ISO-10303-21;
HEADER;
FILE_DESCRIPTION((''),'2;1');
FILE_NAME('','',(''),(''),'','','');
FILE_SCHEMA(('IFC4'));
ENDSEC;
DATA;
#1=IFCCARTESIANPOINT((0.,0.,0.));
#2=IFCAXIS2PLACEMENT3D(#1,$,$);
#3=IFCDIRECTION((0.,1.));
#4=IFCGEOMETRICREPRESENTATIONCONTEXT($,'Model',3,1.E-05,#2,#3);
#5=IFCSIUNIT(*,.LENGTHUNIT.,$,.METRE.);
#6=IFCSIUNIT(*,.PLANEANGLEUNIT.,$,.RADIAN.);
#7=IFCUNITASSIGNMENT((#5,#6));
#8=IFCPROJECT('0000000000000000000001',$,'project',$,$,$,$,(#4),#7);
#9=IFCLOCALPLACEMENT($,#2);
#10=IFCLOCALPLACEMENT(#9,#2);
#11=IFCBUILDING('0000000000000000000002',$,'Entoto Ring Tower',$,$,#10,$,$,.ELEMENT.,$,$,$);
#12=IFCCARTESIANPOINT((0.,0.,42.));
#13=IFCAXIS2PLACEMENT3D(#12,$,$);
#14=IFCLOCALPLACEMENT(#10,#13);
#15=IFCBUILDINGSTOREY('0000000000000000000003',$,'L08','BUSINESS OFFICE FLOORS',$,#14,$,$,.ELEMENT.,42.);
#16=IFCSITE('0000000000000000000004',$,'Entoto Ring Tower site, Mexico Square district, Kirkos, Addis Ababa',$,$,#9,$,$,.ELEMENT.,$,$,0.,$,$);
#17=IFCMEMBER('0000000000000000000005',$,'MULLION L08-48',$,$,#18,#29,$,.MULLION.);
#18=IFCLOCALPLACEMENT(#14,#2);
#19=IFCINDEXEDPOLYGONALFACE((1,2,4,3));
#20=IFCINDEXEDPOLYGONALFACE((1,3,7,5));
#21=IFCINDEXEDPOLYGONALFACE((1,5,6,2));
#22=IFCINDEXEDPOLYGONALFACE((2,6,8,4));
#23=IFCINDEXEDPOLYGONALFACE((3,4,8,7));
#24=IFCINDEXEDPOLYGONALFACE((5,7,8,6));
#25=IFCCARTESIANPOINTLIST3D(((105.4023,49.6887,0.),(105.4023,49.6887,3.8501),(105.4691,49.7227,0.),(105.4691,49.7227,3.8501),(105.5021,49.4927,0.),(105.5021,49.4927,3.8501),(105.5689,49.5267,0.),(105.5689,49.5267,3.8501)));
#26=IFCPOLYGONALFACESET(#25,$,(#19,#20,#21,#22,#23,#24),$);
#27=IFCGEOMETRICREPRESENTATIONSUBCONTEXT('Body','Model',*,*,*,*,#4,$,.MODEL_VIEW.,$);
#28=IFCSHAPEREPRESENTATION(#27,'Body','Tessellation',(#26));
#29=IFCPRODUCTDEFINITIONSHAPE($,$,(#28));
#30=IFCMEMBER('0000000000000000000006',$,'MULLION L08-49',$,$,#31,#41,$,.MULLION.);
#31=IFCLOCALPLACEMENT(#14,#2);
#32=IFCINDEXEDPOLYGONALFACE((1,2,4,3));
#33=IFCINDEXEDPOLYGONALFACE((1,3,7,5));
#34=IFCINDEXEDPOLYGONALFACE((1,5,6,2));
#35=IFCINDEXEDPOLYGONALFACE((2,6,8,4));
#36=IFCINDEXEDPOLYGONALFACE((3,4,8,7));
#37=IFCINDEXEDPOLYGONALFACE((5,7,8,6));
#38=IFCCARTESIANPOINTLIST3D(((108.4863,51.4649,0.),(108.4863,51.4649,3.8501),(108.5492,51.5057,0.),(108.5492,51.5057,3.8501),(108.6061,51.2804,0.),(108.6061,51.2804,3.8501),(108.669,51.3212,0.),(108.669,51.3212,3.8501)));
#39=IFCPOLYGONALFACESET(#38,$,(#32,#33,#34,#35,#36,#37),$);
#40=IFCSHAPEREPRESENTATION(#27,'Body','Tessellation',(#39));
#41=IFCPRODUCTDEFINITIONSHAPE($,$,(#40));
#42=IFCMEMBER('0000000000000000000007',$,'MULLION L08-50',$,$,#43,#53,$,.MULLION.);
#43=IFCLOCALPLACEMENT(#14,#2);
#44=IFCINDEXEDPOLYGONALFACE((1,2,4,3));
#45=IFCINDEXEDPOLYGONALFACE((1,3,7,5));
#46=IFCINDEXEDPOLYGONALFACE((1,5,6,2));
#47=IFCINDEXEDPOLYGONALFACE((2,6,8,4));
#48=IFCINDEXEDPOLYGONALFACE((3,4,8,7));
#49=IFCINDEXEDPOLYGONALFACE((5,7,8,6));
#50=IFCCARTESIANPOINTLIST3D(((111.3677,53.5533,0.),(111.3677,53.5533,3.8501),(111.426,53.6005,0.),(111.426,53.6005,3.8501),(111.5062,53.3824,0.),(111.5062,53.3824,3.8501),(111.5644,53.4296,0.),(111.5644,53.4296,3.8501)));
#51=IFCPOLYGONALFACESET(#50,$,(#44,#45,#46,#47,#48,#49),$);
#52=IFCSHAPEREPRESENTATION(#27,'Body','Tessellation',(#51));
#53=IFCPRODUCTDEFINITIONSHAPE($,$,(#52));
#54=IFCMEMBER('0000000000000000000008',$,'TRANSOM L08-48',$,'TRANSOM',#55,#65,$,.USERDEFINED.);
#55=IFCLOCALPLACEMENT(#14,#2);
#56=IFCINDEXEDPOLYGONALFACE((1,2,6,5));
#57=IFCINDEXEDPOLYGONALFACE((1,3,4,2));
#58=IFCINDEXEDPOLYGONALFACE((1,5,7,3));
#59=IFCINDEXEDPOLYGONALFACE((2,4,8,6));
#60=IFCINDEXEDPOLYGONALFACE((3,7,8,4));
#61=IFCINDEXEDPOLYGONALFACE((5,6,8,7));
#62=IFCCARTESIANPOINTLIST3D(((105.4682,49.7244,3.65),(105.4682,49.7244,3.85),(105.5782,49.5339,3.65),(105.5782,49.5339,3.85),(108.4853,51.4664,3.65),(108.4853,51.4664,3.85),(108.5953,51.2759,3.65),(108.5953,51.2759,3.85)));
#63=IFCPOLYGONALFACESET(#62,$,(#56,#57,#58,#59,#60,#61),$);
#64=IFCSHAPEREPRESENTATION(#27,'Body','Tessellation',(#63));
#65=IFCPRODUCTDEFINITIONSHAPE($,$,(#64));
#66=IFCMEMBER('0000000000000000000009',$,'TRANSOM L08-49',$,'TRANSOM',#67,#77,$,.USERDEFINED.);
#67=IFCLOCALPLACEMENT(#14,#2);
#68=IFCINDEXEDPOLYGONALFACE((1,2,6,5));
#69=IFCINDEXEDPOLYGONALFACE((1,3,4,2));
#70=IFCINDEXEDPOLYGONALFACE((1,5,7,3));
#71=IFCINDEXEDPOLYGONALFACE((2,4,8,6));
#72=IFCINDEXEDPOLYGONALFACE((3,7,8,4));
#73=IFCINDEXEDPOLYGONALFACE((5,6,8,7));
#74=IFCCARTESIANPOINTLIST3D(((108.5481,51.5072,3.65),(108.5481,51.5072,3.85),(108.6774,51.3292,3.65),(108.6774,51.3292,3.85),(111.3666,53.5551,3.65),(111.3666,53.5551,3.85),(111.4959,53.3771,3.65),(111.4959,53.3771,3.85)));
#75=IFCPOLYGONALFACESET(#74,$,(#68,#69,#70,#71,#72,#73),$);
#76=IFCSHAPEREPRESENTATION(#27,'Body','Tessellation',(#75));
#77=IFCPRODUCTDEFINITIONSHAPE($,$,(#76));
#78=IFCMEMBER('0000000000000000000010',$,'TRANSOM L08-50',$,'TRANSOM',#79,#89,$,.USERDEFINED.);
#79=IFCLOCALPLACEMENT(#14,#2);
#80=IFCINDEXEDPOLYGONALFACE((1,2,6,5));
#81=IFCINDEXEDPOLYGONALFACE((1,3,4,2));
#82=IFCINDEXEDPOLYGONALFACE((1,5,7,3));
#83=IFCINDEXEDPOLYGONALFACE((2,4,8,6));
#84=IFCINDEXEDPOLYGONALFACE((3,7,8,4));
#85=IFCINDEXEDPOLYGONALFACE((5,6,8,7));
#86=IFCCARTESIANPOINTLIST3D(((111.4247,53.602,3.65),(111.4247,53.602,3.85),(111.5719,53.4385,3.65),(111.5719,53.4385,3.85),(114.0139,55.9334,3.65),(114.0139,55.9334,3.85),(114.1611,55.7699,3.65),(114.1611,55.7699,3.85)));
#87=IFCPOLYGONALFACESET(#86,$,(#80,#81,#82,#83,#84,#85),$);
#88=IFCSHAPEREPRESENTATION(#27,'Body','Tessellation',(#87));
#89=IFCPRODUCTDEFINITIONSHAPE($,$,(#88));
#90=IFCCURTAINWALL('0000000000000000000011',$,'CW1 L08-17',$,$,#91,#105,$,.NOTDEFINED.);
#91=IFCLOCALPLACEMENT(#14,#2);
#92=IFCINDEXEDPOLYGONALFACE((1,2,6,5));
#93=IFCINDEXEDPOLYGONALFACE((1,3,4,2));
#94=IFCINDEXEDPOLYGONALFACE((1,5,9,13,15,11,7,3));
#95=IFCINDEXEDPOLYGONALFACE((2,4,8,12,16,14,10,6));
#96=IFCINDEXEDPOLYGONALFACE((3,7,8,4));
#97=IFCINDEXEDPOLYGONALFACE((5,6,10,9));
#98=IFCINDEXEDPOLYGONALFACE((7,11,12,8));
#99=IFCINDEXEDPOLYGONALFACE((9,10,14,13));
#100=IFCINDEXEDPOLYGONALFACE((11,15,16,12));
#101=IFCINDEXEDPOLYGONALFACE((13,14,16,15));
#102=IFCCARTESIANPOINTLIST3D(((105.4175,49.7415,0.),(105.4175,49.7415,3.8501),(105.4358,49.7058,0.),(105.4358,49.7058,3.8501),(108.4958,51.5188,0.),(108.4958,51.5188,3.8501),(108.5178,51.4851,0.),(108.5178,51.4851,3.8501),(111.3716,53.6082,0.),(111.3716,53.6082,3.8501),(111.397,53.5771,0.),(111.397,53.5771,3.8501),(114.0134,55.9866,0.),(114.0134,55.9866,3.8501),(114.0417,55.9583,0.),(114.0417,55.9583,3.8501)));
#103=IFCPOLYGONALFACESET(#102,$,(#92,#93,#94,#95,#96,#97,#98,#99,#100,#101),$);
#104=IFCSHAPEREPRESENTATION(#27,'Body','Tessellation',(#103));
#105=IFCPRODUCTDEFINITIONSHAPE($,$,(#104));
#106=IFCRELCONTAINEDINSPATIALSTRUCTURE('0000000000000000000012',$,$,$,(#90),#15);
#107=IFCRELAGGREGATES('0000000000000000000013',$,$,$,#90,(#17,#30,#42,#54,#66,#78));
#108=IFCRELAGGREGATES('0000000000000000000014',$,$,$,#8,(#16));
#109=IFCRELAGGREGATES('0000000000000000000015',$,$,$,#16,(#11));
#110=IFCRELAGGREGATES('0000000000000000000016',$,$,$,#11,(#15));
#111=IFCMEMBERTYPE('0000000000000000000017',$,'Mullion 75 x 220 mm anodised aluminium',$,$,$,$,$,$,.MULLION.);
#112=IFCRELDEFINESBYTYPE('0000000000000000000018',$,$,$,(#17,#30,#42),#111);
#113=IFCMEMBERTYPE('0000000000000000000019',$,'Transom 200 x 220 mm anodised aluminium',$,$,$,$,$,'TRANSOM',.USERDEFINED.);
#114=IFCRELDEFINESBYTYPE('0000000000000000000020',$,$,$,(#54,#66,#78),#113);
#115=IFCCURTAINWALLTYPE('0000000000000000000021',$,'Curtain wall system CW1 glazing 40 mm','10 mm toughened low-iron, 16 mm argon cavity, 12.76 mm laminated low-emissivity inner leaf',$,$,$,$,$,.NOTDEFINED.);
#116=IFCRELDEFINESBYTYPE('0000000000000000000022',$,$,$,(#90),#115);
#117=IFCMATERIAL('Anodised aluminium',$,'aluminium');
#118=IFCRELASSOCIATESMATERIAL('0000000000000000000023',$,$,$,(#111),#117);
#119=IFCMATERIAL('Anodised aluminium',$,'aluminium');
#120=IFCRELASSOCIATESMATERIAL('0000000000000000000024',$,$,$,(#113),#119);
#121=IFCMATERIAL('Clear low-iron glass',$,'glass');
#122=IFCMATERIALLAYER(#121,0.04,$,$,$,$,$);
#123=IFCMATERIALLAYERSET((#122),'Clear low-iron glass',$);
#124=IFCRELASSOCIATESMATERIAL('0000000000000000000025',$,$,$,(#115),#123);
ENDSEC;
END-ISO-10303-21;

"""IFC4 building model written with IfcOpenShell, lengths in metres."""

from ifc_helpers import new_model, si_unit, direction, frame, origin, origin_2d, place, context, subcontext, project, spatial, polyline, rectangle, outline, extrude, material, layer, layer_set, material_profile, profile_set, type_object, element, aggregate, save


model = new_model("IFC4")

# Units and contexts
model_context = context("Model", 3, precision=1e-05, world=origin(), true_north=direction((0.0, 1.0)))
body_context = subcontext(model_context, "Body", "Model", "MODEL_VIEW")
ifc_project = project(units=[si_unit("LENGTHUNIT", "METRE"), si_unit("PLANEANGLEUNIT", "RADIAN")], contexts=[model_context])

# Members
ifc_material_1 = material(Name="Anodised aluminium", Category="aluminium")
ifc_material_profile_1 = material_profile(ifc_material_1, rectangle(XDim=0.075, YDim=0.22, at=origin_2d()), Name="Mullion 75 x 220 mm anodised aluminium")
ifc_profile_set_1 = profile_set([ifc_material_profile_1], Name="Anodised aluminium")
member_type_1 = type_object("IfcMemberType", Name="Mullion 75 x 220 mm anodised aluminium", PredefinedType="MULLION", material=ifc_profile_set_1)
site_placement = place(None, origin())
building_placement = place(site_placement, origin())
storey_placement = place(building_placement, frame((0.0, 0.0, 42.0)))
member_1_placement = place(storey_placement, frame((105.4856, 49.6077, 0.0), z_axis=(0.0, 0.0, 1.0), x_axis=(0.891007, 0.45399, 0.0)))
member_1 = element("IfcMember", 1, at=member_1_placement, type_object=member_type_1, Name="MULLION L08-48", PredefinedType="MULLION", context=body_context, shape_type="SweptSolid", body=[
    extrude(rectangle(XDim=0.075, YDim=0.22, at=origin_2d()), origin(), (0.0, 0.0, 1.0), 3.8501),
])
member_2_placement = place(storey_placement, frame((108.5776, 51.3931, 0.0), z_axis=(0.0, 0.0, 1.0), x_axis=(0.838671, 0.544639, 0.0)))
member_2 = element("IfcMember", 2, at=member_2_placement, type_object=member_type_1, Name="MULLION L08-49", PredefinedType="MULLION", context=body_context, shape_type="SweptSolid", body=[
    extrude(rectangle(XDim=0.075, YDim=0.22, at=origin_2d()), origin(), (0.0, 0.0, 1.0), 3.8501),
])
member_3_placement = place(storey_placement, frame((111.4661, 53.4915, 0.0), z_axis=(0.0, 0.0, 1.0), x_axis=(0.777146, 0.62932, 0.0)))
member_3 = element("IfcMember", 3, at=member_3_placement, type_object=member_type_1, Name="MULLION L08-50", PredefinedType="MULLION", context=body_context, shape_type="SweptSolid", body=[
    extrude(rectangle(XDim=0.075, YDim=0.22, at=origin_2d()), origin(), (0.0, 0.0, 1.0), 3.8501),
])
ifc_material_2 = material(Name="Anodised aluminium", Category="aluminium")
ifc_material_profile_2 = material_profile(ifc_material_2, rectangle(XDim=0.22, YDim=0.2, at=origin_2d()), Name="Transom 200 x 220 mm anodised aluminium")
ifc_profile_set_2 = profile_set([ifc_material_profile_2], Name="Anodised aluminium")
member_type_2 = type_object("IfcMemberType", Name="Transom 200 x 220 mm anodised aluminium", ElementType="TRANSOM", PredefinedType="USERDEFINED", material=ifc_profile_set_2)
member_4_placement = place(storey_placement, frame((105.5232, 49.6292, 3.75), z_axis=(0.866022, 0.500006, 0.0), x_axis=(-0.500006, 0.866022, 0.0)))
member_4 = element("IfcMember", 4, at=member_4_placement, type_object=member_type_2, Name="TRANSOM L08-48", ObjectType="TRANSOM", PredefinedType="USERDEFINED", context=body_context, shape_type="SweptSolid", body=[
    extrude(rectangle(XDim=0.22, YDim=0.2, at=origin_2d()), origin(), (0.0, 0.0, 1.0), 3.4839),
])
member_5_placement = place(storey_placement, frame((108.6128, 51.4182, 3.75), z_axis=(0.808991, 0.587822, 0.0), x_axis=(-0.587822, 0.808991, 0.0)))
member_5 = element("IfcMember", 5, at=member_5_placement, type_object=member_type_2, Name="TRANSOM L08-49", ObjectType="TRANSOM", PredefinedType="USERDEFINED", context=body_context, shape_type="SweptSolid", body=[
    extrude(rectangle(XDim=0.22, YDim=0.2, at=origin_2d()), origin(), (0.0, 0.0, 1.0), 3.4839),
])
member_6_placement = place(storey_placement, frame((111.4983, 53.5203, 3.75), z_axis=(0.743137, 0.669139, 0.0), x_axis=(-0.669139, 0.743137, 0.0)))
member_6 = element("IfcMember", 6, at=member_6_placement, type_object=member_type_2, Name="TRANSOM L08-50", ObjectType="TRANSOM", PredefinedType="USERDEFINED", context=body_context, shape_type="SweptSolid", body=[
    extrude(rectangle(XDim=0.22, YDim=0.2, at=origin_2d()), origin(), (0.0, 0.0, 1.0), 3.4841),
])

# Site, building, storey
site = spatial("IfcSite", under=ifc_project, at=site_placement, Name="Entoto Ring Tower site, Mexico Square district, Kirkos, Addis Ababa", CompositionType="ELEMENT", RefElevation=0.0)
building = spatial("IfcBuilding", under=site, at=building_placement, Name="Entoto Ring Tower", CompositionType="ELEMENT")
storey = spatial("IfcBuildingStorey", under=building, at=storey_placement, Name="L08", Description="BUSINESS OFFICE FLOORS", CompositionType="ELEMENT", Elevation=42.0)

# Curtain wall
ifc_material_3 = material(Name="Clear low-iron glass", Category="glass")
ifc_layer_1 = layer(ifc_material_3, 0.04)
ifc_layer_set_1 = layer_set([ifc_layer_1], Name="Clear low-iron glass")
curtain_wall_type = type_object("IfcCurtainWallType", Name="Curtain wall system CW1 glazing 40 mm", Description="10 mm toughened low-iron, 16 mm argon cavity, 12.76 mm laminated low-emissivity inner leaf", PredefinedType="NOTDEFINED", material=ifc_layer_set_1)
curtain_wall_1_placement = place(storey_placement, origin())
curtain_wall_1 = element("IfcCurtainWall", 7, at=curtain_wall_1_placement, inside=storey, type_object=curtain_wall_type, Name="CW1 L08-17", PredefinedType="NOTDEFINED", context=body_context, shape_type="SweptSolid", body=[
    extrude(outline(polyline([(105.4358, 49.7058), (108.5178, 51.4851), (111.397, 53.5771), (114.0417, 55.9583), (114.0134, 55.9866), (111.3716, 53.6082), (108.4958, 51.5188), (105.4175, 49.7415), (105.4358, 49.7058)])), origin(), (0.0, 0.0, 1.0), 3.8501),
])
aggregate(curtain_wall_1, [member_1, member_2, member_3, member_4, member_5, member_6])

save(model, "model.ifc")
